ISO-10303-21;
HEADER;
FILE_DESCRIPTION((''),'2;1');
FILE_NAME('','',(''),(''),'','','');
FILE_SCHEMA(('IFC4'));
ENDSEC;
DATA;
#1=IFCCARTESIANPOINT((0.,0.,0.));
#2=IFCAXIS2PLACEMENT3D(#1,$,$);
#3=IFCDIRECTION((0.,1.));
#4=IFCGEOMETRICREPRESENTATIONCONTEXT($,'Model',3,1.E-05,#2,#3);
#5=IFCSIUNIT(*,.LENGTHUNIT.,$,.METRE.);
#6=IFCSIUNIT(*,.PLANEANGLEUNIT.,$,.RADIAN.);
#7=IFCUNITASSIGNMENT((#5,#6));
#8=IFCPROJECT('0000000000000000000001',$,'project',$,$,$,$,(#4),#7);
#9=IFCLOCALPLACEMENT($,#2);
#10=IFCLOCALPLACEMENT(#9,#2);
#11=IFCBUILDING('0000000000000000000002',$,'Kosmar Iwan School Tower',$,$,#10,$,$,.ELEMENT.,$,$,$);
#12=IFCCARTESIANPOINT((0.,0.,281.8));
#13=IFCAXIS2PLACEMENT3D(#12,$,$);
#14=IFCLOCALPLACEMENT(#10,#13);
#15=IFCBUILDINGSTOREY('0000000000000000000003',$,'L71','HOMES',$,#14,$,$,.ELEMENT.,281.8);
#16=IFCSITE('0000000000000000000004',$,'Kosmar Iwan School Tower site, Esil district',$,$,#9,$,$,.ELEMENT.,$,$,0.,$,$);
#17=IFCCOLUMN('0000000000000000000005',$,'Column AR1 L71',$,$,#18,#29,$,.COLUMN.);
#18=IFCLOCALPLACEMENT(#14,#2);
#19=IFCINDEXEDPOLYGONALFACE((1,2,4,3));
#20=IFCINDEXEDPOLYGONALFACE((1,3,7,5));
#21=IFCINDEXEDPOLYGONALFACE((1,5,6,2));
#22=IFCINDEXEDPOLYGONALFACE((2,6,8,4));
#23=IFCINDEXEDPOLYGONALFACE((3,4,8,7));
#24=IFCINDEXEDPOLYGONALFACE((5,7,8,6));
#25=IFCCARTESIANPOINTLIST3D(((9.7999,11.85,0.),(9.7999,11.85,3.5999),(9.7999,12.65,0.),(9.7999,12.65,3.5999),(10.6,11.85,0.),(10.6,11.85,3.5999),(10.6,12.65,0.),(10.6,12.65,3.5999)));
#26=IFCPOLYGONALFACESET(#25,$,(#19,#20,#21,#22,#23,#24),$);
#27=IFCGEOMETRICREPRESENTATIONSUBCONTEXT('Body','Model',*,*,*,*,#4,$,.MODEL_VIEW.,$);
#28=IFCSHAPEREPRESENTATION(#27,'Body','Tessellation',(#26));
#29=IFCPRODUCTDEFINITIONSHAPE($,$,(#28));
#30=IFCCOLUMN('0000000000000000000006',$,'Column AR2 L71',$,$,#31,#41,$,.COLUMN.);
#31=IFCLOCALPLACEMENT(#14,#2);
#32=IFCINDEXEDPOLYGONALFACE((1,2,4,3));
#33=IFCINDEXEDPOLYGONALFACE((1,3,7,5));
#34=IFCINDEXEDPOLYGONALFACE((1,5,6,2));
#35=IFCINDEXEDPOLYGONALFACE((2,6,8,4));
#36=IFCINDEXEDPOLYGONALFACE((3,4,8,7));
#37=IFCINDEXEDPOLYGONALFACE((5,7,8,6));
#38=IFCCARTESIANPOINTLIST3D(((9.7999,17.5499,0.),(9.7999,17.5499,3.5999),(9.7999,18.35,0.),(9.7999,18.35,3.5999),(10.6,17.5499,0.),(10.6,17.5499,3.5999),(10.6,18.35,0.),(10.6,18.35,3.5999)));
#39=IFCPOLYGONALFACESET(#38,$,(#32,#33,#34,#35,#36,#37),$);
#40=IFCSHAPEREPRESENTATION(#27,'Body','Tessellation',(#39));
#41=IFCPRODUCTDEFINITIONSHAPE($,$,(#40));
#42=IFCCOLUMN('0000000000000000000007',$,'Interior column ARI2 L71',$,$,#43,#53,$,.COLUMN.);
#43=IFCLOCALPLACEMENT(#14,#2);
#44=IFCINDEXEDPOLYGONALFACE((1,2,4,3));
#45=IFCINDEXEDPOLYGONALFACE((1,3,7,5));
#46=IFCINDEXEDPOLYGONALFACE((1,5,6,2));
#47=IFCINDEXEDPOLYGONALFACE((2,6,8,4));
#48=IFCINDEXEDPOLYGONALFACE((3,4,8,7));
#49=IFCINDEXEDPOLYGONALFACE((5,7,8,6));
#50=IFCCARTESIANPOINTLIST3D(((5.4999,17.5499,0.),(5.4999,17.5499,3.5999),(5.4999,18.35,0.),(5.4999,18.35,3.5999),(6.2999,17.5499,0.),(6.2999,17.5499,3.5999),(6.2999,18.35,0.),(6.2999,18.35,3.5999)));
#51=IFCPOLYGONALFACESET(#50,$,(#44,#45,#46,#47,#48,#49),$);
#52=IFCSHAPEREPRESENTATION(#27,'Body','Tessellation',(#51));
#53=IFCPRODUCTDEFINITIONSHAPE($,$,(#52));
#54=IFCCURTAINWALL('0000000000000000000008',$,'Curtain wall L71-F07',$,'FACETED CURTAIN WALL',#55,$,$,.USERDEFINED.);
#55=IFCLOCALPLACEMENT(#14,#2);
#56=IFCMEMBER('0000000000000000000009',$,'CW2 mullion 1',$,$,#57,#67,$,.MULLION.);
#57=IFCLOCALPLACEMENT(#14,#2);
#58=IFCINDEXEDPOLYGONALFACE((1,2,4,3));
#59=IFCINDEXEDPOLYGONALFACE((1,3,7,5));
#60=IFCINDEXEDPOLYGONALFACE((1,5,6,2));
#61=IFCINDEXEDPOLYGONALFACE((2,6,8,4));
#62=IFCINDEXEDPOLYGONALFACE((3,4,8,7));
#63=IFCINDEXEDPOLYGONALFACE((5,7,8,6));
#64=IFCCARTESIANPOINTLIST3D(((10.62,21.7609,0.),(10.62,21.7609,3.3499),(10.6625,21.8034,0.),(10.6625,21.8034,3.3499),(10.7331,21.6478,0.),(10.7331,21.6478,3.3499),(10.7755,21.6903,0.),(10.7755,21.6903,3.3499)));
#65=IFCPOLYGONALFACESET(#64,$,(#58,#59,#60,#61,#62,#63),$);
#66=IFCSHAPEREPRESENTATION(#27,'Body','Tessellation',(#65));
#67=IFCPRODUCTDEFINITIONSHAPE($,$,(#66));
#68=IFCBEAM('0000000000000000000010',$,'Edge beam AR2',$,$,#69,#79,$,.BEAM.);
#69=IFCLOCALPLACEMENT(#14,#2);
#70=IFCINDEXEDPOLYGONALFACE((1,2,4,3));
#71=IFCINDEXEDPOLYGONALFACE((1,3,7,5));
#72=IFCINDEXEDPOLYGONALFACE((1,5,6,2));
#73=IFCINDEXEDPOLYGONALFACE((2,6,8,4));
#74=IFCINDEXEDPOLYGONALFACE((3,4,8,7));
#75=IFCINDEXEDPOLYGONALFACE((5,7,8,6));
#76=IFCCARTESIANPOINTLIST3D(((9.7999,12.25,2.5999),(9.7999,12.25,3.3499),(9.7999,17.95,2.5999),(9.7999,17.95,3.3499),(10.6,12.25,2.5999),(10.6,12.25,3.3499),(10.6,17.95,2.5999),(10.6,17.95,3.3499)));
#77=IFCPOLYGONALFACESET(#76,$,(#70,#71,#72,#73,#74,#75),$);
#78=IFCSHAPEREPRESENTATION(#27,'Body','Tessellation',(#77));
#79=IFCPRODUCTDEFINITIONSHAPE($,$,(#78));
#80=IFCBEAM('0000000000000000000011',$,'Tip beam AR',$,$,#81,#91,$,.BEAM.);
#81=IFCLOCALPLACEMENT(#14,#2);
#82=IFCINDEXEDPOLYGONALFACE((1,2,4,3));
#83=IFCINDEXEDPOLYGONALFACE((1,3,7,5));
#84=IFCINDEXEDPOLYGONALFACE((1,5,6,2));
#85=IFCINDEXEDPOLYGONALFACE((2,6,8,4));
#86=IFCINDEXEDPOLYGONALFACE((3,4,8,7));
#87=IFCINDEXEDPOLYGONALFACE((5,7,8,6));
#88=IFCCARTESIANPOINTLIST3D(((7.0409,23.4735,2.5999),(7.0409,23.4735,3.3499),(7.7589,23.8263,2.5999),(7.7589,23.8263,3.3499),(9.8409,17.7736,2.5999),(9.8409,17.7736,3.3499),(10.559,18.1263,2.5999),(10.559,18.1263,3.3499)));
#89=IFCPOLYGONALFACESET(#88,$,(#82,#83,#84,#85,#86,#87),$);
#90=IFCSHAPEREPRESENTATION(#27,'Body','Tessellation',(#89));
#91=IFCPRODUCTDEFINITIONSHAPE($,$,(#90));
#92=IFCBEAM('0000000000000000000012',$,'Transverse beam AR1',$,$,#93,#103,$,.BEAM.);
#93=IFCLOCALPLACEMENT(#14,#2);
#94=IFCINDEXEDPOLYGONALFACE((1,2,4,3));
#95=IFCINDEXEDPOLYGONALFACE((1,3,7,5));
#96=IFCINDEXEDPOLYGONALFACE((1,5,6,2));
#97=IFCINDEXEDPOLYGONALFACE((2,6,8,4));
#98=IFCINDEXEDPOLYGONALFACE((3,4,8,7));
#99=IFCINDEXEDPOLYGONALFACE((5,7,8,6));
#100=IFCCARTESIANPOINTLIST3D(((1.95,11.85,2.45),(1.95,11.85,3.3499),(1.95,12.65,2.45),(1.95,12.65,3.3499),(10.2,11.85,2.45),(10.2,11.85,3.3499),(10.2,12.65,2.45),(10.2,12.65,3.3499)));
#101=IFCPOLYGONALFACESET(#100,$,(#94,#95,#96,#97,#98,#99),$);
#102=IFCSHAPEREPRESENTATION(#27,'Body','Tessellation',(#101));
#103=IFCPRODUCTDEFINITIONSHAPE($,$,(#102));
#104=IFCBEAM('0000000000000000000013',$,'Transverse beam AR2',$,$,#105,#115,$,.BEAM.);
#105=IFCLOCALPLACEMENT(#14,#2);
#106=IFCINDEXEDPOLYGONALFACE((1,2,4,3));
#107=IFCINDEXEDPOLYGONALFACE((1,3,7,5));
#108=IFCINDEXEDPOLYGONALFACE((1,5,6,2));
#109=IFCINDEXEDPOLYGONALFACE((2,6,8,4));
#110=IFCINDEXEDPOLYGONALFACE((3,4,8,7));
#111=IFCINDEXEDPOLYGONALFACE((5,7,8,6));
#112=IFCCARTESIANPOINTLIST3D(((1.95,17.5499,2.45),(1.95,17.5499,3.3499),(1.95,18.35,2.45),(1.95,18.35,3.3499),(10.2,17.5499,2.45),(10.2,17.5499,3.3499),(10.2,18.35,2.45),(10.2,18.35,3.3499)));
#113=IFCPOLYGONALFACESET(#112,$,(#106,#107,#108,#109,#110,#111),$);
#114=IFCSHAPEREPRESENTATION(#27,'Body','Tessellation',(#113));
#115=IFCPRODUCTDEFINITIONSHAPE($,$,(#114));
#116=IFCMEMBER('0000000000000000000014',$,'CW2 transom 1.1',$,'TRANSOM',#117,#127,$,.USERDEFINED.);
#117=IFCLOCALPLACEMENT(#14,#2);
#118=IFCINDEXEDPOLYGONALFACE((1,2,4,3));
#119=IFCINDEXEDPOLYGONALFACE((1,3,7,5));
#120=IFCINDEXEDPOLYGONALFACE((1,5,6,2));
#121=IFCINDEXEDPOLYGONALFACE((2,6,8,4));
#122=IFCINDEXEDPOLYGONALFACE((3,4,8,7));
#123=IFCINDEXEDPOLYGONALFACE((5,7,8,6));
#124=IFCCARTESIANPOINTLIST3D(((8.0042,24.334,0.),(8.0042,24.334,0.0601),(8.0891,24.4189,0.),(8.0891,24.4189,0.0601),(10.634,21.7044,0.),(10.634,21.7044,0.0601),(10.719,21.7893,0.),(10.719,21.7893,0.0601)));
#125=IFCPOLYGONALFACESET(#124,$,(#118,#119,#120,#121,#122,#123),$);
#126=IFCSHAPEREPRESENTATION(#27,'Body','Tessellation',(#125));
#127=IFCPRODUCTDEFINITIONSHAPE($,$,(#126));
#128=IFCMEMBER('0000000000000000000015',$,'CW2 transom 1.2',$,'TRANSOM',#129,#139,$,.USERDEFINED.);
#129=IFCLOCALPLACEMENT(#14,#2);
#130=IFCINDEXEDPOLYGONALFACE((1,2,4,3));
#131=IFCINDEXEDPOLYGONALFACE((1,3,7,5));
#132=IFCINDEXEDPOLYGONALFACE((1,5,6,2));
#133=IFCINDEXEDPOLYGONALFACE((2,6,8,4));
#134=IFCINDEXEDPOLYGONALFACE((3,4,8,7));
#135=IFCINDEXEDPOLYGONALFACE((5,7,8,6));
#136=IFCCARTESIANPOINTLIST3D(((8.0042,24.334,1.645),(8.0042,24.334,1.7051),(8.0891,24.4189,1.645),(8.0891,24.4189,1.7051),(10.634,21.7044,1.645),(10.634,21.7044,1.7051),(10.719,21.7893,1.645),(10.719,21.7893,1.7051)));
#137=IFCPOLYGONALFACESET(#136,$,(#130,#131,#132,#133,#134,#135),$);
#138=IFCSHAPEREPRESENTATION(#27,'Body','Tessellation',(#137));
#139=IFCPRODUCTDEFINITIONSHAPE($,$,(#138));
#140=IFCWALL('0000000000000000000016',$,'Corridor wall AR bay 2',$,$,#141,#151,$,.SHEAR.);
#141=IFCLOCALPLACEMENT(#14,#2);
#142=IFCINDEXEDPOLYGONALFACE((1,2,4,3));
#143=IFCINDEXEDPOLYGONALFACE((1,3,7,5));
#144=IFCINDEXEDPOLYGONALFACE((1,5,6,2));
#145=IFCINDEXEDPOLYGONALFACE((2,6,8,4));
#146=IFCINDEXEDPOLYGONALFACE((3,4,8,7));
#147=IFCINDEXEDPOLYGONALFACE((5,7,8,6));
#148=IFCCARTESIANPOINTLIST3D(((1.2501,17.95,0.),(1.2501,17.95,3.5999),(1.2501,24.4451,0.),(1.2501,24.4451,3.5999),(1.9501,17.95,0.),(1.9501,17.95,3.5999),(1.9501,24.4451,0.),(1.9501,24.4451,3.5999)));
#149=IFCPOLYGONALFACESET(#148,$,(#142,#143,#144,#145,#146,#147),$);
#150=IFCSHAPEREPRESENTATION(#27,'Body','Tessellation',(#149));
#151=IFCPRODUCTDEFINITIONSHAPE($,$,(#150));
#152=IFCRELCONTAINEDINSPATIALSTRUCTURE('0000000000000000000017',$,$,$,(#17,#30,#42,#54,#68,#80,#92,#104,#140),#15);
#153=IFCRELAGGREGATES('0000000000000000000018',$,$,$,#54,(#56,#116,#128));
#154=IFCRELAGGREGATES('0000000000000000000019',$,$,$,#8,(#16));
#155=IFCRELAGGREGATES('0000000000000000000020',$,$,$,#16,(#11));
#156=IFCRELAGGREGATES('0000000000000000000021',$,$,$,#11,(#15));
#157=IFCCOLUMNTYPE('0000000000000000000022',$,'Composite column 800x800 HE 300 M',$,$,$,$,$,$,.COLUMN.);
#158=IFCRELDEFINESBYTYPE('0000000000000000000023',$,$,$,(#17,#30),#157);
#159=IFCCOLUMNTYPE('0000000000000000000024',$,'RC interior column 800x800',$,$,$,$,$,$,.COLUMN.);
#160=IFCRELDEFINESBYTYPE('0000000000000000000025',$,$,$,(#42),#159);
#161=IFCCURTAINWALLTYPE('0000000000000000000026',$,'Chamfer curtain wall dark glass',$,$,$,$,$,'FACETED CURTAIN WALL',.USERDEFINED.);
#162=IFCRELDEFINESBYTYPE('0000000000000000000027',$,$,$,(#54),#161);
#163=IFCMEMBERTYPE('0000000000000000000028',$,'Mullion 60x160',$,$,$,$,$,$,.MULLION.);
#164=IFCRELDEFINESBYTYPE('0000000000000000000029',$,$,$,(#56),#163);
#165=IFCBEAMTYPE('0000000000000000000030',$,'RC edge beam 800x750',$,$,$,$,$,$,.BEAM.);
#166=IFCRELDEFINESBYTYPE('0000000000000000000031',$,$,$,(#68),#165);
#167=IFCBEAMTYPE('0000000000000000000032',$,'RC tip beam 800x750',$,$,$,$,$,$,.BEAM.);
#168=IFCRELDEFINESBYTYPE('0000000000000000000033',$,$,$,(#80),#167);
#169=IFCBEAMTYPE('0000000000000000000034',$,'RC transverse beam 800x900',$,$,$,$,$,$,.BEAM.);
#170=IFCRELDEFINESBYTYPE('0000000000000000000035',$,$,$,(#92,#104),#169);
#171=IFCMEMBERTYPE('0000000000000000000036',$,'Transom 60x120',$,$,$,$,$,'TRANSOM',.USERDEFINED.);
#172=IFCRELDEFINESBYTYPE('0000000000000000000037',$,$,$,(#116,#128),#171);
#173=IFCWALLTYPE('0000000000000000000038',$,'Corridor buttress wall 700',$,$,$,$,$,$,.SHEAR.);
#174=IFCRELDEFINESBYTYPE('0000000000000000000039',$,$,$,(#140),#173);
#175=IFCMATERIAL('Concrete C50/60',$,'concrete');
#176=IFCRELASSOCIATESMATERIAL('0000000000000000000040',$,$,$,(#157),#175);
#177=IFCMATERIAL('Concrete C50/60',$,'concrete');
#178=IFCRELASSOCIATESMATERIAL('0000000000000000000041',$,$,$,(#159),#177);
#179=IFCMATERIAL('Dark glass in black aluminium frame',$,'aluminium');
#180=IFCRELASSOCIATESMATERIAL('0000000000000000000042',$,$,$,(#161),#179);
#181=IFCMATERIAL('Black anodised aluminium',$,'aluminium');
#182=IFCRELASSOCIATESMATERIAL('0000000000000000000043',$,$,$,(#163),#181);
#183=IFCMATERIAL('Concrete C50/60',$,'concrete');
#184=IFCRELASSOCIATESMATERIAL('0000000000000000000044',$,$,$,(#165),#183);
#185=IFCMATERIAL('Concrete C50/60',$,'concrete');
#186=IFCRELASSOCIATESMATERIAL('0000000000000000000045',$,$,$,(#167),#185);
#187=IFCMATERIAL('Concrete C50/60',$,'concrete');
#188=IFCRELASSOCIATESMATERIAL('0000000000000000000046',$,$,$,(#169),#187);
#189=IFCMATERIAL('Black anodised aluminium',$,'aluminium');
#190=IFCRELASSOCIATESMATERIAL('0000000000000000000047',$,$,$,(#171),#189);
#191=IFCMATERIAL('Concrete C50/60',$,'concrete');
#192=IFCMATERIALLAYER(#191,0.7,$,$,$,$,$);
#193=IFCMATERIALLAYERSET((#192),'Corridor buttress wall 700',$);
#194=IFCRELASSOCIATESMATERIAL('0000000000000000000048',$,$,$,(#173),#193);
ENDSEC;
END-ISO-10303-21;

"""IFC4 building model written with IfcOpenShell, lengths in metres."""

from ifc_helpers import new_model, si_unit, direction, frame, frame_2d, origin, origin_2d, place, context, subcontext, project, spatial, rectangle, extrude, material, layer, layer_set, material_profile, profile_set, type_object, element, aggregate, save


model = new_model("IFC4")

# Units and contexts
model_context = context("Model", 3, precision=1e-05, world=origin(), true_north=direction((0.0, 1.0)))
body_context = subcontext(model_context, "Body", "Model", "MODEL_VIEW")
ifc_project = project(units=[si_unit("LENGTHUNIT", "METRE"), si_unit("PLANEANGLEUNIT", "RADIAN")], contexts=[model_context])

# Site, building, storey
site_placement = place(None, origin())
site = spatial("IfcSite", under=ifc_project, at=site_placement, Name="Kosmar Iwan School Tower site, Esil district", CompositionType="ELEMENT", RefElevation=0.0)
building_placement = place(site_placement, origin())
building = spatial("IfcBuilding", under=site, at=building_placement, Name="Kosmar Iwan School Tower", CompositionType="ELEMENT")
storey_placement = place(building_placement, frame((0.0, 0.0, 281.8)))
storey = spatial("IfcBuildingStorey", under=building, at=storey_placement, Name="L71", Description="HOMES", CompositionType="ELEMENT", Elevation=281.8)

# Columns
ifc_material_1 = material(Name="Concrete C50/60", Category="concrete")
ifc_material_profile_1 = material_profile(ifc_material_1, rectangle(XDim=0.8, YDim=0.8, at=origin_2d()), Name="RC 800x800 + HE 300 M")
ifc_profile_set_1 = profile_set([ifc_material_profile_1], Name="Concrete C50/60")
column_type_1 = type_object("IfcColumnType", Name="Composite column 800x800 HE 300 M", PredefinedType="COLUMN", material=ifc_profile_set_1)
for number, where, z_axis, x_axis, name in (
    (1, (10.2, 12.25, 0.0), (0.0, 0.0, 1.0), (0.0, 1.0, 0.0), "Column AR1 L71"),
    (2, (10.2, 17.95, 0.0), (0.0, 0.0, 1.0), (0.0, 1.0, 0.0), "Column AR2 L71"),
):
    element("IfcColumn", number, at=place(storey_placement, frame(where, z_axis=z_axis, x_axis=x_axis)), inside=storey, type_object=column_type_1, Name=name, PredefinedType="COLUMN", context=body_context, shape_type="SweptSolid", body=[
        extrude(rectangle(XDim=0.8, YDim=0.8, at=origin_2d()), origin(), (0.0, 0.0, 1.0), 3.5999),
    ])
ifc_material_2 = material(Name="Concrete C50/60", Category="concrete")
ifc_material_profile_2 = material_profile(ifc_material_2, rectangle(XDim=0.8, YDim=0.8, at=origin_2d()), Name="RC 800x800")
ifc_profile_set_2 = profile_set([ifc_material_profile_2], Name="Concrete C50/60")
column_type_2 = type_object("IfcColumnType", Name="RC interior column 800x800", PredefinedType="COLUMN", material=ifc_profile_set_2)
column_placement = place(storey_placement, frame((5.8999, 17.95, 0.0), z_axis=(0.0, 0.0, 1.0), x_axis=(0.0, 1.0, 0.0)))
element("IfcColumn", 3, at=column_placement, inside=storey, type_object=column_type_2, Name="Interior column ARI2 L71", PredefinedType="COLUMN", context=body_context, shape_type="SweptSolid", body=[
    extrude(rectangle(XDim=0.8, YDim=0.8, at=origin_2d()), origin(), (0.0, 0.0, 1.0), 3.5999),
])

# Curtain wall, member
ifc_material_3 = material(Name="Dark glass in black aluminium frame", Category="aluminium")
curtain_wall_type = type_object("IfcCurtainWallType", Name="Chamfer curtain wall dark glass", ElementType="FACETED CURTAIN WALL", PredefinedType="USERDEFINED", material=ifc_material_3)
curtain_wall_placement = place(storey_placement, origin())
curtain_wall = element("IfcCurtainWall", 4, at=curtain_wall_placement, inside=storey, type_object=curtain_wall_type, Name="Curtain wall L71-F07", ObjectType="FACETED CURTAIN WALL", PredefinedType="USERDEFINED")
ifc_material_4 = material(Name="Black anodised aluminium", Category="aluminium")
ifc_material_profile_3 = material_profile(ifc_material_4, rectangle(XDim=0.0601, YDim=0.1599, at=origin_2d()), Name="MULLION 60x160")
ifc_profile_set_3 = profile_set([ifc_material_profile_3], Name="Black anodised aluminium")
member_type_1 = type_object("IfcMemberType", Name="Mullion 60x160", PredefinedType="MULLION", material=ifc_profile_set_3)
member_1_placement = place(storey_placement, frame((10.6978, 21.7256, 0.0), z_axis=(0.0, 0.0, 1.0), x_axis=(-0.707107, -0.707107, 0.0)))
member_1 = element("IfcMember", 5, at=member_1_placement, type_object=member_type_1, Name="CW2 mullion 1", PredefinedType="MULLION", context=body_context, shape_type="SweptSolid", body=[
    extrude(rectangle(XDim=0.0601, YDim=0.1599, at=origin_2d()), origin(), (0.0, 0.0, 1.0), 3.3499),
])

# Beams
ifc_material_5 = material(Name="Concrete C50/60", Category="concrete")
ifc_material_profile_4 = material_profile(ifc_material_5, rectangle(XDim=0.8, YDim=0.75, at=origin_2d()), Name="RC 800x750")
ifc_profile_set_4 = profile_set([ifc_material_profile_4], Name="Concrete C50/60")
beam_type_1 = type_object("IfcBeamType", Name="RC edge beam 800x750", PredefinedType="BEAM", material=ifc_profile_set_4)
beam_1_placement = place(storey_placement, frame((10.2, 12.25, 2.9749), z_axis=(0.0, 1.0, 0.0), x_axis=(-1.0, 0.0, 0.0)))
element("IfcBeam", 6, at=beam_1_placement, inside=storey, type_object=beam_type_1, Name="Edge beam AR2", PredefinedType="BEAM", context=body_context, shape_type="SweptSolid", body=[
    extrude(rectangle(XDim=0.8, YDim=0.75, at=origin_2d()), origin(), (0.0, 0.0, 1.0), 5.7),
])
ifc_material_6 = material(Name="Concrete C50/60", Category="concrete")
ifc_material_profile_5 = material_profile(ifc_material_6, rectangle(XDim=0.8, YDim=0.75, at=origin_2d()), Name="RC 800x750")
ifc_profile_set_5 = profile_set([ifc_material_profile_5], Name="Concrete C50/60")
beam_type_2 = type_object("IfcBeamType", Name="RC tip beam 800x750", PredefinedType="BEAM", material=ifc_profile_set_5)
beam_2_placement = place(storey_placement, frame((10.2, 17.95, 2.9749), z_axis=(-0.440913, 0.89755, 0.0), x_axis=(-0.89755, -0.440913, 0.0)))
element("IfcBeam", 7, at=beam_2_placement, inside=storey, type_object=beam_type_2, Name="Tip beam AR", PredefinedType="BEAM", context=body_context, shape_type="SweptSolid", body=[
    extrude(rectangle(XDim=0.8, YDim=0.75, at=origin_2d()), origin(), (0.0, 0.0, 1.0), 6.3506),
])
ifc_material_7 = material(Name="Concrete C50/60", Category="concrete")
ifc_material_profile_6 = material_profile(ifc_material_7, rectangle(XDim=0.8, YDim=0.8999, at=origin_2d()), Name="RC 800x900")
ifc_profile_set_6 = profile_set([ifc_material_profile_6], Name="Concrete C50/60")
beam_type_3 = type_object("IfcBeamType", Name="RC transverse beam 800x900", PredefinedType="BEAM", material=ifc_profile_set_6)
for number, where, z_axis, x_axis, name in (
    (8, (10.2, 12.25, 2.8999), (-1.0, 0.0, 0.0), (0.0, -1.0, 0.0), "Transverse beam AR1"),
    (9, (10.2, 17.95, 2.8999), (-1.0, 0.0, 0.0), (0.0, -1.0, 0.0), "Transverse beam AR2"),
):
    element("IfcBeam", number, at=place(storey_placement, frame(where, z_axis=z_axis, x_axis=x_axis)), inside=storey, type_object=beam_type_3, Name=name, PredefinedType="BEAM", context=body_context, shape_type="SweptSolid", body=[
        extrude(rectangle(XDim=0.8, YDim=0.8999, at=origin_2d()), origin(), (0.0, 0.0, 1.0), 8.25),
    ])

# Members
ifc_material_8 = material(Name="Black anodised aluminium", Category="aluminium")
ifc_material_profile_7 = material_profile(ifc_material_8, rectangle(XDim=0.1201, YDim=0.0601, at=origin_2d()), Name="TRANSOM 60x120")
ifc_profile_set_7 = profile_set([ifc_material_profile_7], Name="Black anodised aluminium")
member_type_2 = type_object("IfcMemberType", Name="Transom 60x120", ElementType="TRANSOM", PredefinedType="USERDEFINED", material=ifc_profile_set_7)
member_2_placement = place(storey_placement, frame((10.6765, 21.7468, 0.03), z_axis=(-0.70714, 0.707074, 0.0), x_axis=(-0.707074, -0.70714, 0.0)))
member_2 = element("IfcMember", 10, at=member_2_placement, type_object=member_type_2, Name="CW2 transom 1.1", ObjectType="TRANSOM", PredefinedType="USERDEFINED", context=body_context, shape_type="SweptSolid", body=[
    extrude(rectangle(XDim=0.1201, YDim=0.0601, at=origin_2d()), origin(), (0.0, 0.0, 1.0), 3.719),
])
member_3_placement = place(storey_placement, frame((10.6765, 21.7468, 1.675), z_axis=(-0.70714, 0.707074, 0.0), x_axis=(-0.707074, -0.70714, 0.0)))
member_3 = element("IfcMember", 11, at=member_3_placement, type_object=member_type_2, Name="CW2 transom 1.2", ObjectType="TRANSOM", PredefinedType="USERDEFINED", context=body_context, shape_type="SweptSolid", body=[
    extrude(rectangle(XDim=0.1201, YDim=0.0601, at=origin_2d()), origin(), (0.0, 0.0, 1.0), 3.719),
])
aggregate(curtain_wall, [member_1, member_2, member_3])

# Wall
ifc_material_9 = material(Name="Concrete C50/60", Category="concrete")
ifc_layer_1 = layer(ifc_material_9, 0.7)
ifc_layer_set_1 = layer_set([ifc_layer_1], Name="Corridor buttress wall 700")
wall_type_1 = type_object("IfcWallType", Name="Corridor buttress wall 700", PredefinedType="SHEAR", material=ifc_layer_set_1)
wall_1_placement = place(storey_placement, frame((1.6001, 17.95, 0.0), z_axis=(0.0, 0.0, 1.0), x_axis=(0.0, 1.0, 0.0)))
element("IfcWall", 12, at=wall_1_placement, inside=storey, type_object=wall_type_1, Name="Corridor wall AR bay 2", PredefinedType="SHEAR", context=body_context, shape_type="SweptSolid", body=[
    extrude(rectangle(XDim=6.4951, YDim=0.7, at=frame_2d((3.2476, 0.0))), origin(), (0.0, 0.0, 1.0), 3.5999),
])

save(model, "model.ifc")
